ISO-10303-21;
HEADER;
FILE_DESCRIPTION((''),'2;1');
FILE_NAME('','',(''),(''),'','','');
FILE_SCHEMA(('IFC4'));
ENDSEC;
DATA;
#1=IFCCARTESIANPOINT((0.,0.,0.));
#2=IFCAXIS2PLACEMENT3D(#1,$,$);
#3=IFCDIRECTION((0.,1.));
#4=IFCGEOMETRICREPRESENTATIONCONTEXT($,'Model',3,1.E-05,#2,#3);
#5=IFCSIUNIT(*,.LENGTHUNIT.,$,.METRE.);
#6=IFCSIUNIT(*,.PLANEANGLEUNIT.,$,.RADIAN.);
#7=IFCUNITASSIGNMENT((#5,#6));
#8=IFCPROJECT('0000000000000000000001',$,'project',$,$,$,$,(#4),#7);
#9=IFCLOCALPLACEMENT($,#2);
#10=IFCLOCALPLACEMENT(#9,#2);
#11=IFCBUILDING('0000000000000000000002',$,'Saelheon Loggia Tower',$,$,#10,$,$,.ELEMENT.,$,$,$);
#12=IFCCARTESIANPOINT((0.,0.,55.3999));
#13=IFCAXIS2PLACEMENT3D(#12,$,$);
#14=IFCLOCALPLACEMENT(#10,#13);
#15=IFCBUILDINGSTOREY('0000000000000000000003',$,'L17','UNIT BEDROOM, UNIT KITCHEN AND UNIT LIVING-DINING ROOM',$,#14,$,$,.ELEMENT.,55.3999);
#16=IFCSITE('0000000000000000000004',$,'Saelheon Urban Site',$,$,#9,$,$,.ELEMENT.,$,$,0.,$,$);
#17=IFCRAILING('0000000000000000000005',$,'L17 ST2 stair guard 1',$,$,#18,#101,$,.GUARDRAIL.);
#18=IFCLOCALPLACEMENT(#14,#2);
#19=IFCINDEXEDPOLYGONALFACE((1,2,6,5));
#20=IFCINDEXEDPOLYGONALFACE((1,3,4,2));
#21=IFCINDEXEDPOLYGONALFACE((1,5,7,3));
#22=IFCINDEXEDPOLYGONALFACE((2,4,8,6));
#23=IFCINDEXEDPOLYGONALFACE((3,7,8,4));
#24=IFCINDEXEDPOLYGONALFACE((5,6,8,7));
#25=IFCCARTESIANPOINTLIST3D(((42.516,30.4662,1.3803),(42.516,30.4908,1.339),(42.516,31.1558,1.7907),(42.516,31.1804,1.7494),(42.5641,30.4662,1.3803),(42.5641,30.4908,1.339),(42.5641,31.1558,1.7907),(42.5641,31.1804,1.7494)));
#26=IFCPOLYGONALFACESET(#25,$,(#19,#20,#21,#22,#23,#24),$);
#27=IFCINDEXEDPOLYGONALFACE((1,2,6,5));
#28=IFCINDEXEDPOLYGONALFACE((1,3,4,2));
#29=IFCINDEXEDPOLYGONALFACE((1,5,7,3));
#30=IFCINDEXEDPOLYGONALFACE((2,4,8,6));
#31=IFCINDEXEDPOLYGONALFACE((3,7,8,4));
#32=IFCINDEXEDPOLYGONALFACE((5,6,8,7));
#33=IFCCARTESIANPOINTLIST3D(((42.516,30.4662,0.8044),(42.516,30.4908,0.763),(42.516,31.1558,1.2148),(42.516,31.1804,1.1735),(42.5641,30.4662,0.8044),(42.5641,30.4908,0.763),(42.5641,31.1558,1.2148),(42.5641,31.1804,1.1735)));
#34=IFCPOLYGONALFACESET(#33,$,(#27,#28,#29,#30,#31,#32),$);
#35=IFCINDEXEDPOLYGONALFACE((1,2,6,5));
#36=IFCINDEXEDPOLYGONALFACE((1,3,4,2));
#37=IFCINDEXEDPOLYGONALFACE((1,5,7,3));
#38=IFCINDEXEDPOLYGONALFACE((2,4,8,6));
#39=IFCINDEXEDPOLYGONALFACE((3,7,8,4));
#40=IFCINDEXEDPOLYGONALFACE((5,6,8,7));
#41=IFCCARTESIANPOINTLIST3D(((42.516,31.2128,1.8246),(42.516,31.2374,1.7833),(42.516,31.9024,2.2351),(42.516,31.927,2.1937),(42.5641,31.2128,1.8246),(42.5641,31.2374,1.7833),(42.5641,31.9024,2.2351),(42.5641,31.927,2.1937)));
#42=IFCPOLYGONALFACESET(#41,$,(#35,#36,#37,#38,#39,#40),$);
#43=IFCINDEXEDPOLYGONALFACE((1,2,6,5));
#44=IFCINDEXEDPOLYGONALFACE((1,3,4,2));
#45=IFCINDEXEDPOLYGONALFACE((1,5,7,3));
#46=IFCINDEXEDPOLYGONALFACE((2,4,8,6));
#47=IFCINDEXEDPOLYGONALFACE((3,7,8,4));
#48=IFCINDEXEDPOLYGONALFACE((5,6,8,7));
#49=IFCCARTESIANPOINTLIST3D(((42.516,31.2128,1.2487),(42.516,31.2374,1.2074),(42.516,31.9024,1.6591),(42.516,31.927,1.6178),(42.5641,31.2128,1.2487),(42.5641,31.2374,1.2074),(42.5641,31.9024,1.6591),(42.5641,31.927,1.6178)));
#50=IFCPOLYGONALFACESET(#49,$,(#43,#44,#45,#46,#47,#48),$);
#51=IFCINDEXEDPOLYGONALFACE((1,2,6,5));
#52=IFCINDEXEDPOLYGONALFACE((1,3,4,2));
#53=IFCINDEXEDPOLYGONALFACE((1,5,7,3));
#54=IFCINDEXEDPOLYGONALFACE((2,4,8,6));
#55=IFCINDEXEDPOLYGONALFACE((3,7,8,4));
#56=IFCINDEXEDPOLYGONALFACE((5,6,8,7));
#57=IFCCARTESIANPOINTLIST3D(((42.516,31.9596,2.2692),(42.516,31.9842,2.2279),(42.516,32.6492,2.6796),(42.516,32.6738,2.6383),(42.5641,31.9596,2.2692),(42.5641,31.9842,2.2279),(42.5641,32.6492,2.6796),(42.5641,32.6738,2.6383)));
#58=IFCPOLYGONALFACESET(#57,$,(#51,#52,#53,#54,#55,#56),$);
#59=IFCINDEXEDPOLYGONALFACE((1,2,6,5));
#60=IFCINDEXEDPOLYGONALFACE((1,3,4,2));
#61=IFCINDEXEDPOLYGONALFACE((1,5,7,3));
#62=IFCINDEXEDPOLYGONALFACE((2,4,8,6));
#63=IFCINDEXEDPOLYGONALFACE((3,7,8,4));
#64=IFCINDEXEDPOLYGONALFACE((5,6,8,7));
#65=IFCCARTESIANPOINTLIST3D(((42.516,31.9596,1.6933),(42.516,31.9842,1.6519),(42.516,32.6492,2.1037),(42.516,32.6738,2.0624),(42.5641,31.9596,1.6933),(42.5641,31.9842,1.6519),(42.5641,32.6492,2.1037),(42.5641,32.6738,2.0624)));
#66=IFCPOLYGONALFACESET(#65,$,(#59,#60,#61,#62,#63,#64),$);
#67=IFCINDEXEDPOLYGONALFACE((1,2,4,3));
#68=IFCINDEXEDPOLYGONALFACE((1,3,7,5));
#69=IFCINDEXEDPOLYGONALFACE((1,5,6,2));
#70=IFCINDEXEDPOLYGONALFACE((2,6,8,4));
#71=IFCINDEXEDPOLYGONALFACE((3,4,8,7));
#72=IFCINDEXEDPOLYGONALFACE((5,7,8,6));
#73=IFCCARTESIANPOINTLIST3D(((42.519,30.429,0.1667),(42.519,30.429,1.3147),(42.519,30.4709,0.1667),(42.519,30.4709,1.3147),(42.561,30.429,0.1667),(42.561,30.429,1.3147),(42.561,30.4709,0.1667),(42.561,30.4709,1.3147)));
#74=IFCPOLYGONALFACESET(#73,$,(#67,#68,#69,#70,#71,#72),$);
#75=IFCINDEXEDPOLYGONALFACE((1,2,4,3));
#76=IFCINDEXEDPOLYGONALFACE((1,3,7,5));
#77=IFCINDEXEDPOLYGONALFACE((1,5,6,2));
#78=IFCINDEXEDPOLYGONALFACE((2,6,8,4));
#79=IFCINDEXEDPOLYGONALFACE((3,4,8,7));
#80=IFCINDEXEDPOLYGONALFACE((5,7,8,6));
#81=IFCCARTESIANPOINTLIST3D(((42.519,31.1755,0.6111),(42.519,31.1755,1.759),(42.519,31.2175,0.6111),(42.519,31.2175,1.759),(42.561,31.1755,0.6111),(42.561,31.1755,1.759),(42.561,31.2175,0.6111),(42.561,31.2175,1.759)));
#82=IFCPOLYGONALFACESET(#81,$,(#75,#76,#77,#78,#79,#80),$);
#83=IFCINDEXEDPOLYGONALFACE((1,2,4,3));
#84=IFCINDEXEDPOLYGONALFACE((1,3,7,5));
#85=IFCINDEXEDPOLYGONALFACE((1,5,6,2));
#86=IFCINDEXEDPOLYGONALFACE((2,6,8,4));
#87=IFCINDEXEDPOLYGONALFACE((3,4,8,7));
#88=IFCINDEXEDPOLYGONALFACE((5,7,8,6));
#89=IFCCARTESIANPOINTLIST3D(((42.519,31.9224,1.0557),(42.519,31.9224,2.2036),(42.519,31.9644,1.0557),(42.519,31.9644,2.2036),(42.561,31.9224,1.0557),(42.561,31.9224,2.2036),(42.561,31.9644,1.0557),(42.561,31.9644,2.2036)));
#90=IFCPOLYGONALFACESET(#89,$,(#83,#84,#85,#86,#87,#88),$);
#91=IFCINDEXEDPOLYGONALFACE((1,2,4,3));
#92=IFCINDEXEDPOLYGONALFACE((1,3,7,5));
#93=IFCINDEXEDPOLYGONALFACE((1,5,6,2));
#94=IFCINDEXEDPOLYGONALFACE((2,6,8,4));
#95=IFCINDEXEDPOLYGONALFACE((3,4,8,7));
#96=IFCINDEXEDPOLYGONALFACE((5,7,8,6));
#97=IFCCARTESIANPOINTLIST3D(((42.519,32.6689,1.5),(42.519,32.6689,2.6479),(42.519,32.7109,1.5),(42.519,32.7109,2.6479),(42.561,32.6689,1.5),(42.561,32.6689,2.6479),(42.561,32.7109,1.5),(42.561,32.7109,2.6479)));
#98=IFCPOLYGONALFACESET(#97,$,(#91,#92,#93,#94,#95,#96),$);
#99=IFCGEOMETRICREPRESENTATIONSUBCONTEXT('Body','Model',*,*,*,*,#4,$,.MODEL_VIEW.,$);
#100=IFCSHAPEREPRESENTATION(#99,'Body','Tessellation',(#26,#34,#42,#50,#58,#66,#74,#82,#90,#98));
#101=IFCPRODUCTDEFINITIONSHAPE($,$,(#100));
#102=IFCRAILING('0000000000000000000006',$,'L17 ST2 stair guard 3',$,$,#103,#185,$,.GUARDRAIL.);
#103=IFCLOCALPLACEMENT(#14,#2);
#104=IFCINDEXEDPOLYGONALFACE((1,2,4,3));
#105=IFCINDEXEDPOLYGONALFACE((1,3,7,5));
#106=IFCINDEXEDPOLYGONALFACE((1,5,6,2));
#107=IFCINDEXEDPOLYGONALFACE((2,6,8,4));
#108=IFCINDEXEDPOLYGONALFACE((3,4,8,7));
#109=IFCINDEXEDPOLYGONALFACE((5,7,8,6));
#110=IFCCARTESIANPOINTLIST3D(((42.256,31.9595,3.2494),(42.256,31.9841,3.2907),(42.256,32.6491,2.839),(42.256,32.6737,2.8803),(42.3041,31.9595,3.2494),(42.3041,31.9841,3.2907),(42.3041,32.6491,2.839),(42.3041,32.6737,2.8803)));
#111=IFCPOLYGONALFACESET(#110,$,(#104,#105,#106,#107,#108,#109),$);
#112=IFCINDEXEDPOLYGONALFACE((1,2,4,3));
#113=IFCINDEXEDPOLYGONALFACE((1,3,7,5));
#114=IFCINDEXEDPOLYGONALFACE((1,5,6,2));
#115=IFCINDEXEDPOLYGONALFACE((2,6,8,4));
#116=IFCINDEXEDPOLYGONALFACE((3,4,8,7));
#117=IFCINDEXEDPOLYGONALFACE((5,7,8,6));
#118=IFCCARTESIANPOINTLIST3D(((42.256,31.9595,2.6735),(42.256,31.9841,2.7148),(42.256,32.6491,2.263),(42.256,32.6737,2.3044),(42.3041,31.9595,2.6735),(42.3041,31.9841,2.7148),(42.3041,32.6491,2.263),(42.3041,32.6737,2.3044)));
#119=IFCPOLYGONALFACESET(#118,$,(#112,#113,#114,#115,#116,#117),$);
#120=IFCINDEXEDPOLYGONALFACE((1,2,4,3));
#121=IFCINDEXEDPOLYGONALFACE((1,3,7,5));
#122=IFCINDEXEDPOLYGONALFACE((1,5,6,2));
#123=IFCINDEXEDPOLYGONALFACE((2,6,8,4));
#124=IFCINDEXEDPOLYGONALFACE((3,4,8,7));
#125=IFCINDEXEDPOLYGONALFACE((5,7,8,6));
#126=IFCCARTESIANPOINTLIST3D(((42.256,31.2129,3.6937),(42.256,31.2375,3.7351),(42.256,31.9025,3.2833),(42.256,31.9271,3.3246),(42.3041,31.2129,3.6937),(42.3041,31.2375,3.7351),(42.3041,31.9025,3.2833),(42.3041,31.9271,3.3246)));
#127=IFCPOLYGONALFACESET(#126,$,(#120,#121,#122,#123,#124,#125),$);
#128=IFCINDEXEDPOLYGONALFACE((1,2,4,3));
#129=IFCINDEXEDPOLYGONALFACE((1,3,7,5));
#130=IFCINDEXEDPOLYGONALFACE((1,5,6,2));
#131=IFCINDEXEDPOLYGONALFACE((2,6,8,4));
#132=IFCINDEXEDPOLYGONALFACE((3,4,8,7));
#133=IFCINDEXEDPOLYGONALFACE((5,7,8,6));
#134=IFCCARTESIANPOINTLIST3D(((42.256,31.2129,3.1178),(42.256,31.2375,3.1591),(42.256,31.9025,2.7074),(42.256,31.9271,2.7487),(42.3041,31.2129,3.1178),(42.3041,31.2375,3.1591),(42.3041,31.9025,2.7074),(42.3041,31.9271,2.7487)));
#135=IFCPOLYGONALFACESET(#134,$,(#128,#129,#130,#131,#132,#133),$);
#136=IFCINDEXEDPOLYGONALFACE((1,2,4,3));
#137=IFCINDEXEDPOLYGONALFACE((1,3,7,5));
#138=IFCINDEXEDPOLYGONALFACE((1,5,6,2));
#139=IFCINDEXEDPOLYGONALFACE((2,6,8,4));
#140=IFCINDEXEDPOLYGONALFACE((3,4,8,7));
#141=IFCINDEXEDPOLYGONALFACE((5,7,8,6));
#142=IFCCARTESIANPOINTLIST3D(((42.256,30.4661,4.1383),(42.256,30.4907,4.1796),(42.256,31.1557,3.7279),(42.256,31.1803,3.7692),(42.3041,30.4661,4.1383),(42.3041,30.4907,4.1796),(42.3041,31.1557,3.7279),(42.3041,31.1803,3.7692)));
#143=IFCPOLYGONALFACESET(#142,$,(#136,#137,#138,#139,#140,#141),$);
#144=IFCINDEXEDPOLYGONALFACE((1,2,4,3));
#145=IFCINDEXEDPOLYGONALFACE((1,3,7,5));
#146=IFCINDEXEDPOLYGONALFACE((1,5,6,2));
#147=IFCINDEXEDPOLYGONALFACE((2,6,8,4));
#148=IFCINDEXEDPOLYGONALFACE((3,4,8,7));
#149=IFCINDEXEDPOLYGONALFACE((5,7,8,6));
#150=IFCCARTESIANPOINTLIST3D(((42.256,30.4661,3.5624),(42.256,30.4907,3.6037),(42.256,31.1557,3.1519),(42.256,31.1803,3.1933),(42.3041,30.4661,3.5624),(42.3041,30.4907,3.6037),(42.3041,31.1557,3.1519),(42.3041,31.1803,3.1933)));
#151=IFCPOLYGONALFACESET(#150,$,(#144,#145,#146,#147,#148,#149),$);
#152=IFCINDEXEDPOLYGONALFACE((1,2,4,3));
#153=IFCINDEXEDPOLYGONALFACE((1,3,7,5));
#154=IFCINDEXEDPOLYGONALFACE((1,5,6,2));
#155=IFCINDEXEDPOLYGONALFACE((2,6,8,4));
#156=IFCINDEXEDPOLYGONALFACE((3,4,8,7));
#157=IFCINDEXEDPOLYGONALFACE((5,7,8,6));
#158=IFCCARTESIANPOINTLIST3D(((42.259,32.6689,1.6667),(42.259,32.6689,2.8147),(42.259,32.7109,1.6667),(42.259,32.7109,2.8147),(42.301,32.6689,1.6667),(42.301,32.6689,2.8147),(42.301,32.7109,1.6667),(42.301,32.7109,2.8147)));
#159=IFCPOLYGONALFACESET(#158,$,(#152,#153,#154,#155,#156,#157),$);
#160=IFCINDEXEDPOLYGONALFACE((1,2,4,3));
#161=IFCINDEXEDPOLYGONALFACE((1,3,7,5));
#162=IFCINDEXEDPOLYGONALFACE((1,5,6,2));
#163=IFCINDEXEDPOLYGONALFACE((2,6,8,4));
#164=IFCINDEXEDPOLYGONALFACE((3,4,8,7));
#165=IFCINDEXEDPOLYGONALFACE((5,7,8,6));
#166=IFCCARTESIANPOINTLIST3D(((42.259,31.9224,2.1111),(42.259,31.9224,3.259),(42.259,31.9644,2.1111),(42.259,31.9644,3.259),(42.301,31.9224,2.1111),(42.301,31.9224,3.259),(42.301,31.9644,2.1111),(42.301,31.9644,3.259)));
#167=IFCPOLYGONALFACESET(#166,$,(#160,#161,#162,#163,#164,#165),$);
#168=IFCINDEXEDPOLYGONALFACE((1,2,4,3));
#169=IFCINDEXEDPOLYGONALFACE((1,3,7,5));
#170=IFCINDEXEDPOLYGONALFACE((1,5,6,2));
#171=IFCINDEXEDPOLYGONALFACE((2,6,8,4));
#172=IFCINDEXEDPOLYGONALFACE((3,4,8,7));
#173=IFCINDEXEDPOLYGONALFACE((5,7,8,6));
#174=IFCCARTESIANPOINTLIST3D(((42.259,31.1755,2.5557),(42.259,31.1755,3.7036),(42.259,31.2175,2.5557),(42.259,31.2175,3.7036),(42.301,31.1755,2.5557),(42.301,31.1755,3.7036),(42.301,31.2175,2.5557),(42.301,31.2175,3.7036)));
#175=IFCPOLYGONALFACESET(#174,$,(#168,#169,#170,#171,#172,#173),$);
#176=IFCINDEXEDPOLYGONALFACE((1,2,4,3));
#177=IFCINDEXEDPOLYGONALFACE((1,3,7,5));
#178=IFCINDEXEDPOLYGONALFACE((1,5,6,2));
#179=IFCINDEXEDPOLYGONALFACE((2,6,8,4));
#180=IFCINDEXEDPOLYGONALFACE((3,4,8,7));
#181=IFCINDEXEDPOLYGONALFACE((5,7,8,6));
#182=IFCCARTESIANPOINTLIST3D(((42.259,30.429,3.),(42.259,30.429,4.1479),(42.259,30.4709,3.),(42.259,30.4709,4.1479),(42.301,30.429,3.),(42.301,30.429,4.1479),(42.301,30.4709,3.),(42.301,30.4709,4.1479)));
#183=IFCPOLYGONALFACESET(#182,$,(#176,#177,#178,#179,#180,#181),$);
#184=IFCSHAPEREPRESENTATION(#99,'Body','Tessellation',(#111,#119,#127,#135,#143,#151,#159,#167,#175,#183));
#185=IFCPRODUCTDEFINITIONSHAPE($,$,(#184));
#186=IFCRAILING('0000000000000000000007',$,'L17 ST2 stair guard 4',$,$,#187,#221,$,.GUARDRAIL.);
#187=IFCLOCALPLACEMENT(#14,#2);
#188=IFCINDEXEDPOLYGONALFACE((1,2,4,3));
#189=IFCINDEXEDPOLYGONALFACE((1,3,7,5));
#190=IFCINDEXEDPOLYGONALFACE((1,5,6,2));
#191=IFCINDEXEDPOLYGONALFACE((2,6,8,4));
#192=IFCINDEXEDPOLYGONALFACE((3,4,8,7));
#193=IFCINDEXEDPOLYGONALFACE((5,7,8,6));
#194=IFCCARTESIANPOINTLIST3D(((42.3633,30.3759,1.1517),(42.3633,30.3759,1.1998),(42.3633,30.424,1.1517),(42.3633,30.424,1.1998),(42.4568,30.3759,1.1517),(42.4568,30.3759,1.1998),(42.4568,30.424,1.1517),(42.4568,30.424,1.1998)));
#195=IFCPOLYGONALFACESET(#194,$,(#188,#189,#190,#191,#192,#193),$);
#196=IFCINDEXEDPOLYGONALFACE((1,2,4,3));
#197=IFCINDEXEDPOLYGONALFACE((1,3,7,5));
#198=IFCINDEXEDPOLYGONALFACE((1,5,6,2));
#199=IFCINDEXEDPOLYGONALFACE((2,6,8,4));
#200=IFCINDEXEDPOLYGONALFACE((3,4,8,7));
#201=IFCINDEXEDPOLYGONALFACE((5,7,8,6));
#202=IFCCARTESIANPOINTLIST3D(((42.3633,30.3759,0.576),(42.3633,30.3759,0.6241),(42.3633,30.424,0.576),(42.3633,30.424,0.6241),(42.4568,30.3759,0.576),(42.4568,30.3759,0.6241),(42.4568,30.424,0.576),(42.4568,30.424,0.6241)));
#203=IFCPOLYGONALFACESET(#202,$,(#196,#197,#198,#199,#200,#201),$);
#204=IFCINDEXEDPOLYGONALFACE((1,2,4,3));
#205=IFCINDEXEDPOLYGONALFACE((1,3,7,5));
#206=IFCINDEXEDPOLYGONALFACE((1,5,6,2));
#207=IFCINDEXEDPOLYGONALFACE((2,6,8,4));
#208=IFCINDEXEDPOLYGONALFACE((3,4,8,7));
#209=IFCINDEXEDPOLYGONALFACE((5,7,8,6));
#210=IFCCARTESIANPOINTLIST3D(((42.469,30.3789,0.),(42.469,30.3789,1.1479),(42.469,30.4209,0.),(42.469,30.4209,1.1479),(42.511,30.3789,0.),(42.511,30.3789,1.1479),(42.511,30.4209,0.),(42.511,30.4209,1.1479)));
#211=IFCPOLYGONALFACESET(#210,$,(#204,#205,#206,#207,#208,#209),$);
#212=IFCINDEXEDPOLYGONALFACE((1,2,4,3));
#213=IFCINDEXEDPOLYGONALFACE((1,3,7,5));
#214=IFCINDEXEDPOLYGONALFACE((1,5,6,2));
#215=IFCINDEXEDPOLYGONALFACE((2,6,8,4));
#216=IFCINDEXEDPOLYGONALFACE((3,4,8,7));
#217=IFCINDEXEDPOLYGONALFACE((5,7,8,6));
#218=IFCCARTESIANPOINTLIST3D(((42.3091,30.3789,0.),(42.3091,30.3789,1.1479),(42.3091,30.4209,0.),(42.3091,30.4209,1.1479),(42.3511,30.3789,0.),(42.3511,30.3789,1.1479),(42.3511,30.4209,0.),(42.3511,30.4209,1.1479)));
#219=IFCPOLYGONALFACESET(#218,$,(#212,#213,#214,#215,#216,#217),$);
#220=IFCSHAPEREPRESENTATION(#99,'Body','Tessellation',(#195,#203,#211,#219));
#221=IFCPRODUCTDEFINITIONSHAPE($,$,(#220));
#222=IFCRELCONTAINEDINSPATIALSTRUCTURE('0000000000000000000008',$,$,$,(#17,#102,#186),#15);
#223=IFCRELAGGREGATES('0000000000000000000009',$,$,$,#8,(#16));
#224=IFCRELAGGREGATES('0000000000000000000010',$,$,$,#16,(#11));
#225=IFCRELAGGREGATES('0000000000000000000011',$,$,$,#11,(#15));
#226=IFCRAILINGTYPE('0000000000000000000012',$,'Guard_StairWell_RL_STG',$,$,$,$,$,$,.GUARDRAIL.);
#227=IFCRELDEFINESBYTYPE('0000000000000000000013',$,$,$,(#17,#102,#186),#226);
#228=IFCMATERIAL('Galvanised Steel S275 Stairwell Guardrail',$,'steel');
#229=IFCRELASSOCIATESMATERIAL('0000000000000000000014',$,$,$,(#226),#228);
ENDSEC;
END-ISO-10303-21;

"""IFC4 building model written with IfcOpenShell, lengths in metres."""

from ifc_helpers import new_model, si_unit, direction, frame, origin, origin_2d, place, context, subcontext, project, spatial, rectangle, extrude, material, type_object, element, save


model = new_model("IFC4")

# Units and contexts
model_context = context("Model", 3, precision=1e-05, world=origin(), true_north=direction((0.0, 1.0)))
body_context = subcontext(model_context, "Body", "Model", "MODEL_VIEW")
ifc_project = project(units=[si_unit("LENGTHUNIT", "METRE"), si_unit("PLANEANGLEUNIT", "RADIAN")], contexts=[model_context])

# Site, building, storey
site_placement = place(None, origin())
site = spatial("IfcSite", under=ifc_project, at=site_placement, Name="Saelheon Urban Site", CompositionType="ELEMENT", RefElevation=0.0)
building_placement = place(site_placement, origin())
building = spatial("IfcBuilding", under=site, at=building_placement, Name="Saelheon Loggia Tower", CompositionType="ELEMENT")
storey_placement = place(building_placement, frame((0.0, 0.0, 55.3999)))
storey = spatial("IfcBuildingStorey", under=building, at=storey_placement, Name="L17", Description="UNIT BEDROOM, UNIT KITCHEN AND UNIT LIVING-DINING ROOM", CompositionType="ELEMENT", Elevation=55.3999)

# Railings
ifc_material_1 = material(Name="Galvanised Steel S275 Stairwell Guardrail", Category="steel")
railing_type_1 = type_object("IfcRailingType", Name="Guard_StairWell_RL_STG", PredefinedType="GUARDRAIL", material=ifc_material_1)
railing_1_placement = place(storey_placement, frame((42.54, 30.45, 0.1667)))
element("IfcRailing", 1, at=railing_1_placement, inside=storey, type_object=railing_type_1, Name="L17 ST2 stair guard 1", PredefinedType="GUARDRAIL", context=body_context, shape_type="SweptSolid", body=[
    extrude(rectangle(XDim=0.0481, YDim=0.0481, at=origin_2d()), frame((0.0, 0.0286, 1.1929), z_axis=(0.0, 0.859306, 0.511462), x_axis=(-1.0, 0.0, 0.0)), (0.0, 0.0, 1.0), 0.8025),
    extrude(rectangle(XDim=0.0481, YDim=0.0481, at=origin_2d()), frame((0.0, 0.0286, 0.6169), z_axis=(0.0, 0.859306, 0.511462), x_axis=(-1.0, 0.0, 0.0)), (0.0, 0.0, 1.0), 0.8025),
    extrude(rectangle(XDim=0.0481, YDim=0.0481, at=origin_2d()), frame((0.0, 0.7751, 1.6372), z_axis=(0.0, 0.859306, 0.511462), x_axis=(-1.0, 0.0, 0.0)), (0.0, 0.0, 1.0), 0.8025),
    extrude(rectangle(XDim=0.0481, YDim=0.0481, at=origin_2d()), frame((0.0, 0.7751, 1.0613), z_axis=(0.0, 0.859306, 0.511462), x_axis=(-1.0, 0.0, 0.0)), (0.0, 0.0, 1.0), 0.8025),
    extrude(rectangle(XDim=0.0481, YDim=0.0481, at=origin_2d()), frame((0.0, 1.522, 2.0818), z_axis=(0.0, 0.859306, 0.511462), x_axis=(-1.0, 0.0, 0.0)), (0.0, 0.0, 1.0), 0.8025),
    extrude(rectangle(XDim=0.0481, YDim=0.0481, at=origin_2d()), frame((0.0, 1.522, 1.5059), z_axis=(0.0, 0.859306, 0.511462), x_axis=(-1.0, 0.0, 0.0)), (0.0, 0.0, 1.0), 0.8025),
    extrude(rectangle(XDim=0.042, YDim=0.042, at=origin_2d()), origin(), (0.0, 0.0, 1.0), 1.1479),
    extrude(rectangle(XDim=0.042, YDim=0.042, at=origin_2d()), frame((0.0, 0.7466, 0.4443)), (0.0, 0.0, 1.0), 1.1479),
    extrude(rectangle(XDim=0.042, YDim=0.042, at=origin_2d()), frame((0.0, 1.4934, 0.8889)), (0.0, 0.0, 1.0), 1.1479),
    extrude(rectangle(XDim=0.042, YDim=0.042, at=origin_2d()), frame((0.0, 2.24, 1.3333)), (0.0, 0.0, 1.0), 1.1479),
])
railing_2_placement = place(storey_placement, frame((42.28, 32.6899, 1.6667)))
element("IfcRailing", 2, at=railing_2_placement, inside=storey, type_object=railing_type_1, Name="L17 ST2 stair guard 3", PredefinedType="GUARDRAIL", context=body_context, shape_type="SweptSolid", body=[
    extrude(rectangle(XDim=0.0481, YDim=0.0481, at=origin_2d()), frame((0.0, -0.0286, 1.1929), z_axis=(0.0, -0.859306, 0.511462), x_axis=(1.0, 0.0, 0.0)), (0.0, 0.0, 1.0), 0.8025),
    extrude(rectangle(XDim=0.0481, YDim=0.0481, at=origin_2d()), frame((0.0, -0.0286, 0.6169), z_axis=(0.0, -0.859306, 0.511462), x_axis=(1.0, 0.0, 0.0)), (0.0, 0.0, 1.0), 0.8025),
    extrude(rectangle(XDim=0.0481, YDim=0.0481, at=origin_2d()), frame((0.0, -0.7751, 1.6372), z_axis=(0.0, -0.859306, 0.511462), x_axis=(1.0, 0.0, 0.0)), (0.0, 0.0, 1.0), 0.8025),
    extrude(rectangle(XDim=0.0481, YDim=0.0481, at=origin_2d()), frame((0.0, -0.7751, 1.0613), z_axis=(0.0, -0.859306, 0.511462), x_axis=(1.0, 0.0, 0.0)), (0.0, 0.0, 1.0), 0.8025),
    extrude(rectangle(XDim=0.0481, YDim=0.0481, at=origin_2d()), frame((0.0, -1.522, 2.0818), z_axis=(0.0, -0.859306, 0.511462), x_axis=(1.0, 0.0, 0.0)), (0.0, 0.0, 1.0), 0.8025),
    extrude(rectangle(XDim=0.0481, YDim=0.0481, at=origin_2d()), frame((0.0, -1.522, 1.5059), z_axis=(0.0, -0.859306, 0.511462), x_axis=(1.0, 0.0, 0.0)), (0.0, 0.0, 1.0), 0.8025),
    extrude(rectangle(XDim=0.042, YDim=0.042, at=origin_2d()), origin(), (0.0, 0.0, 1.0), 1.1479),
    extrude(rectangle(XDim=0.042, YDim=0.042, at=origin_2d()), frame((0.0, -0.7466, 0.4443)), (0.0, 0.0, 1.0), 1.1479),
    extrude(rectangle(XDim=0.042, YDim=0.042, at=origin_2d()), frame((0.0, -1.4934, 0.8889)), (0.0, 0.0, 1.0), 1.1479),
    extrude(rectangle(XDim=0.042, YDim=0.042, at=origin_2d()), frame((0.0, -2.24, 1.3333)), (0.0, 0.0, 1.0), 1.1479),
])
railing_3_placement = place(storey_placement, frame((42.49, 30.3999, 0.0)))
element("IfcRailing", 3, at=railing_3_placement, inside=storey, type_object=railing_type_1, Name="L17 ST2 stair guard 4", PredefinedType="GUARDRAIL", context=body_context, shape_type="SweptSolid", body=[
    extrude(rectangle(XDim=0.0481, YDim=0.0481, at=origin_2d()), frame((-0.0332, 0.0, 1.1758), z_axis=(-1.0, 0.0, 0.0), x_axis=(0.0, -1.0, 0.0)), (0.0, 0.0, 1.0), 0.0935),
    extrude(rectangle(XDim=0.0481, YDim=0.0481, at=origin_2d()), frame((-0.0332, 0.0, 0.6001), z_axis=(-1.0, 0.0, 0.0), x_axis=(0.0, -1.0, 0.0)), (0.0, 0.0, 1.0), 0.0935),
    extrude(rectangle(XDim=0.042, YDim=0.042, at=origin_2d()), origin(), (0.0, 0.0, 1.0), 1.1479),
    extrude(rectangle(XDim=0.042, YDim=0.042, at=origin_2d()), frame((-0.1599, 0.0, 0.0)), (0.0, 0.0, 1.0), 1.1479),
])

save(model, "model.ifc")
